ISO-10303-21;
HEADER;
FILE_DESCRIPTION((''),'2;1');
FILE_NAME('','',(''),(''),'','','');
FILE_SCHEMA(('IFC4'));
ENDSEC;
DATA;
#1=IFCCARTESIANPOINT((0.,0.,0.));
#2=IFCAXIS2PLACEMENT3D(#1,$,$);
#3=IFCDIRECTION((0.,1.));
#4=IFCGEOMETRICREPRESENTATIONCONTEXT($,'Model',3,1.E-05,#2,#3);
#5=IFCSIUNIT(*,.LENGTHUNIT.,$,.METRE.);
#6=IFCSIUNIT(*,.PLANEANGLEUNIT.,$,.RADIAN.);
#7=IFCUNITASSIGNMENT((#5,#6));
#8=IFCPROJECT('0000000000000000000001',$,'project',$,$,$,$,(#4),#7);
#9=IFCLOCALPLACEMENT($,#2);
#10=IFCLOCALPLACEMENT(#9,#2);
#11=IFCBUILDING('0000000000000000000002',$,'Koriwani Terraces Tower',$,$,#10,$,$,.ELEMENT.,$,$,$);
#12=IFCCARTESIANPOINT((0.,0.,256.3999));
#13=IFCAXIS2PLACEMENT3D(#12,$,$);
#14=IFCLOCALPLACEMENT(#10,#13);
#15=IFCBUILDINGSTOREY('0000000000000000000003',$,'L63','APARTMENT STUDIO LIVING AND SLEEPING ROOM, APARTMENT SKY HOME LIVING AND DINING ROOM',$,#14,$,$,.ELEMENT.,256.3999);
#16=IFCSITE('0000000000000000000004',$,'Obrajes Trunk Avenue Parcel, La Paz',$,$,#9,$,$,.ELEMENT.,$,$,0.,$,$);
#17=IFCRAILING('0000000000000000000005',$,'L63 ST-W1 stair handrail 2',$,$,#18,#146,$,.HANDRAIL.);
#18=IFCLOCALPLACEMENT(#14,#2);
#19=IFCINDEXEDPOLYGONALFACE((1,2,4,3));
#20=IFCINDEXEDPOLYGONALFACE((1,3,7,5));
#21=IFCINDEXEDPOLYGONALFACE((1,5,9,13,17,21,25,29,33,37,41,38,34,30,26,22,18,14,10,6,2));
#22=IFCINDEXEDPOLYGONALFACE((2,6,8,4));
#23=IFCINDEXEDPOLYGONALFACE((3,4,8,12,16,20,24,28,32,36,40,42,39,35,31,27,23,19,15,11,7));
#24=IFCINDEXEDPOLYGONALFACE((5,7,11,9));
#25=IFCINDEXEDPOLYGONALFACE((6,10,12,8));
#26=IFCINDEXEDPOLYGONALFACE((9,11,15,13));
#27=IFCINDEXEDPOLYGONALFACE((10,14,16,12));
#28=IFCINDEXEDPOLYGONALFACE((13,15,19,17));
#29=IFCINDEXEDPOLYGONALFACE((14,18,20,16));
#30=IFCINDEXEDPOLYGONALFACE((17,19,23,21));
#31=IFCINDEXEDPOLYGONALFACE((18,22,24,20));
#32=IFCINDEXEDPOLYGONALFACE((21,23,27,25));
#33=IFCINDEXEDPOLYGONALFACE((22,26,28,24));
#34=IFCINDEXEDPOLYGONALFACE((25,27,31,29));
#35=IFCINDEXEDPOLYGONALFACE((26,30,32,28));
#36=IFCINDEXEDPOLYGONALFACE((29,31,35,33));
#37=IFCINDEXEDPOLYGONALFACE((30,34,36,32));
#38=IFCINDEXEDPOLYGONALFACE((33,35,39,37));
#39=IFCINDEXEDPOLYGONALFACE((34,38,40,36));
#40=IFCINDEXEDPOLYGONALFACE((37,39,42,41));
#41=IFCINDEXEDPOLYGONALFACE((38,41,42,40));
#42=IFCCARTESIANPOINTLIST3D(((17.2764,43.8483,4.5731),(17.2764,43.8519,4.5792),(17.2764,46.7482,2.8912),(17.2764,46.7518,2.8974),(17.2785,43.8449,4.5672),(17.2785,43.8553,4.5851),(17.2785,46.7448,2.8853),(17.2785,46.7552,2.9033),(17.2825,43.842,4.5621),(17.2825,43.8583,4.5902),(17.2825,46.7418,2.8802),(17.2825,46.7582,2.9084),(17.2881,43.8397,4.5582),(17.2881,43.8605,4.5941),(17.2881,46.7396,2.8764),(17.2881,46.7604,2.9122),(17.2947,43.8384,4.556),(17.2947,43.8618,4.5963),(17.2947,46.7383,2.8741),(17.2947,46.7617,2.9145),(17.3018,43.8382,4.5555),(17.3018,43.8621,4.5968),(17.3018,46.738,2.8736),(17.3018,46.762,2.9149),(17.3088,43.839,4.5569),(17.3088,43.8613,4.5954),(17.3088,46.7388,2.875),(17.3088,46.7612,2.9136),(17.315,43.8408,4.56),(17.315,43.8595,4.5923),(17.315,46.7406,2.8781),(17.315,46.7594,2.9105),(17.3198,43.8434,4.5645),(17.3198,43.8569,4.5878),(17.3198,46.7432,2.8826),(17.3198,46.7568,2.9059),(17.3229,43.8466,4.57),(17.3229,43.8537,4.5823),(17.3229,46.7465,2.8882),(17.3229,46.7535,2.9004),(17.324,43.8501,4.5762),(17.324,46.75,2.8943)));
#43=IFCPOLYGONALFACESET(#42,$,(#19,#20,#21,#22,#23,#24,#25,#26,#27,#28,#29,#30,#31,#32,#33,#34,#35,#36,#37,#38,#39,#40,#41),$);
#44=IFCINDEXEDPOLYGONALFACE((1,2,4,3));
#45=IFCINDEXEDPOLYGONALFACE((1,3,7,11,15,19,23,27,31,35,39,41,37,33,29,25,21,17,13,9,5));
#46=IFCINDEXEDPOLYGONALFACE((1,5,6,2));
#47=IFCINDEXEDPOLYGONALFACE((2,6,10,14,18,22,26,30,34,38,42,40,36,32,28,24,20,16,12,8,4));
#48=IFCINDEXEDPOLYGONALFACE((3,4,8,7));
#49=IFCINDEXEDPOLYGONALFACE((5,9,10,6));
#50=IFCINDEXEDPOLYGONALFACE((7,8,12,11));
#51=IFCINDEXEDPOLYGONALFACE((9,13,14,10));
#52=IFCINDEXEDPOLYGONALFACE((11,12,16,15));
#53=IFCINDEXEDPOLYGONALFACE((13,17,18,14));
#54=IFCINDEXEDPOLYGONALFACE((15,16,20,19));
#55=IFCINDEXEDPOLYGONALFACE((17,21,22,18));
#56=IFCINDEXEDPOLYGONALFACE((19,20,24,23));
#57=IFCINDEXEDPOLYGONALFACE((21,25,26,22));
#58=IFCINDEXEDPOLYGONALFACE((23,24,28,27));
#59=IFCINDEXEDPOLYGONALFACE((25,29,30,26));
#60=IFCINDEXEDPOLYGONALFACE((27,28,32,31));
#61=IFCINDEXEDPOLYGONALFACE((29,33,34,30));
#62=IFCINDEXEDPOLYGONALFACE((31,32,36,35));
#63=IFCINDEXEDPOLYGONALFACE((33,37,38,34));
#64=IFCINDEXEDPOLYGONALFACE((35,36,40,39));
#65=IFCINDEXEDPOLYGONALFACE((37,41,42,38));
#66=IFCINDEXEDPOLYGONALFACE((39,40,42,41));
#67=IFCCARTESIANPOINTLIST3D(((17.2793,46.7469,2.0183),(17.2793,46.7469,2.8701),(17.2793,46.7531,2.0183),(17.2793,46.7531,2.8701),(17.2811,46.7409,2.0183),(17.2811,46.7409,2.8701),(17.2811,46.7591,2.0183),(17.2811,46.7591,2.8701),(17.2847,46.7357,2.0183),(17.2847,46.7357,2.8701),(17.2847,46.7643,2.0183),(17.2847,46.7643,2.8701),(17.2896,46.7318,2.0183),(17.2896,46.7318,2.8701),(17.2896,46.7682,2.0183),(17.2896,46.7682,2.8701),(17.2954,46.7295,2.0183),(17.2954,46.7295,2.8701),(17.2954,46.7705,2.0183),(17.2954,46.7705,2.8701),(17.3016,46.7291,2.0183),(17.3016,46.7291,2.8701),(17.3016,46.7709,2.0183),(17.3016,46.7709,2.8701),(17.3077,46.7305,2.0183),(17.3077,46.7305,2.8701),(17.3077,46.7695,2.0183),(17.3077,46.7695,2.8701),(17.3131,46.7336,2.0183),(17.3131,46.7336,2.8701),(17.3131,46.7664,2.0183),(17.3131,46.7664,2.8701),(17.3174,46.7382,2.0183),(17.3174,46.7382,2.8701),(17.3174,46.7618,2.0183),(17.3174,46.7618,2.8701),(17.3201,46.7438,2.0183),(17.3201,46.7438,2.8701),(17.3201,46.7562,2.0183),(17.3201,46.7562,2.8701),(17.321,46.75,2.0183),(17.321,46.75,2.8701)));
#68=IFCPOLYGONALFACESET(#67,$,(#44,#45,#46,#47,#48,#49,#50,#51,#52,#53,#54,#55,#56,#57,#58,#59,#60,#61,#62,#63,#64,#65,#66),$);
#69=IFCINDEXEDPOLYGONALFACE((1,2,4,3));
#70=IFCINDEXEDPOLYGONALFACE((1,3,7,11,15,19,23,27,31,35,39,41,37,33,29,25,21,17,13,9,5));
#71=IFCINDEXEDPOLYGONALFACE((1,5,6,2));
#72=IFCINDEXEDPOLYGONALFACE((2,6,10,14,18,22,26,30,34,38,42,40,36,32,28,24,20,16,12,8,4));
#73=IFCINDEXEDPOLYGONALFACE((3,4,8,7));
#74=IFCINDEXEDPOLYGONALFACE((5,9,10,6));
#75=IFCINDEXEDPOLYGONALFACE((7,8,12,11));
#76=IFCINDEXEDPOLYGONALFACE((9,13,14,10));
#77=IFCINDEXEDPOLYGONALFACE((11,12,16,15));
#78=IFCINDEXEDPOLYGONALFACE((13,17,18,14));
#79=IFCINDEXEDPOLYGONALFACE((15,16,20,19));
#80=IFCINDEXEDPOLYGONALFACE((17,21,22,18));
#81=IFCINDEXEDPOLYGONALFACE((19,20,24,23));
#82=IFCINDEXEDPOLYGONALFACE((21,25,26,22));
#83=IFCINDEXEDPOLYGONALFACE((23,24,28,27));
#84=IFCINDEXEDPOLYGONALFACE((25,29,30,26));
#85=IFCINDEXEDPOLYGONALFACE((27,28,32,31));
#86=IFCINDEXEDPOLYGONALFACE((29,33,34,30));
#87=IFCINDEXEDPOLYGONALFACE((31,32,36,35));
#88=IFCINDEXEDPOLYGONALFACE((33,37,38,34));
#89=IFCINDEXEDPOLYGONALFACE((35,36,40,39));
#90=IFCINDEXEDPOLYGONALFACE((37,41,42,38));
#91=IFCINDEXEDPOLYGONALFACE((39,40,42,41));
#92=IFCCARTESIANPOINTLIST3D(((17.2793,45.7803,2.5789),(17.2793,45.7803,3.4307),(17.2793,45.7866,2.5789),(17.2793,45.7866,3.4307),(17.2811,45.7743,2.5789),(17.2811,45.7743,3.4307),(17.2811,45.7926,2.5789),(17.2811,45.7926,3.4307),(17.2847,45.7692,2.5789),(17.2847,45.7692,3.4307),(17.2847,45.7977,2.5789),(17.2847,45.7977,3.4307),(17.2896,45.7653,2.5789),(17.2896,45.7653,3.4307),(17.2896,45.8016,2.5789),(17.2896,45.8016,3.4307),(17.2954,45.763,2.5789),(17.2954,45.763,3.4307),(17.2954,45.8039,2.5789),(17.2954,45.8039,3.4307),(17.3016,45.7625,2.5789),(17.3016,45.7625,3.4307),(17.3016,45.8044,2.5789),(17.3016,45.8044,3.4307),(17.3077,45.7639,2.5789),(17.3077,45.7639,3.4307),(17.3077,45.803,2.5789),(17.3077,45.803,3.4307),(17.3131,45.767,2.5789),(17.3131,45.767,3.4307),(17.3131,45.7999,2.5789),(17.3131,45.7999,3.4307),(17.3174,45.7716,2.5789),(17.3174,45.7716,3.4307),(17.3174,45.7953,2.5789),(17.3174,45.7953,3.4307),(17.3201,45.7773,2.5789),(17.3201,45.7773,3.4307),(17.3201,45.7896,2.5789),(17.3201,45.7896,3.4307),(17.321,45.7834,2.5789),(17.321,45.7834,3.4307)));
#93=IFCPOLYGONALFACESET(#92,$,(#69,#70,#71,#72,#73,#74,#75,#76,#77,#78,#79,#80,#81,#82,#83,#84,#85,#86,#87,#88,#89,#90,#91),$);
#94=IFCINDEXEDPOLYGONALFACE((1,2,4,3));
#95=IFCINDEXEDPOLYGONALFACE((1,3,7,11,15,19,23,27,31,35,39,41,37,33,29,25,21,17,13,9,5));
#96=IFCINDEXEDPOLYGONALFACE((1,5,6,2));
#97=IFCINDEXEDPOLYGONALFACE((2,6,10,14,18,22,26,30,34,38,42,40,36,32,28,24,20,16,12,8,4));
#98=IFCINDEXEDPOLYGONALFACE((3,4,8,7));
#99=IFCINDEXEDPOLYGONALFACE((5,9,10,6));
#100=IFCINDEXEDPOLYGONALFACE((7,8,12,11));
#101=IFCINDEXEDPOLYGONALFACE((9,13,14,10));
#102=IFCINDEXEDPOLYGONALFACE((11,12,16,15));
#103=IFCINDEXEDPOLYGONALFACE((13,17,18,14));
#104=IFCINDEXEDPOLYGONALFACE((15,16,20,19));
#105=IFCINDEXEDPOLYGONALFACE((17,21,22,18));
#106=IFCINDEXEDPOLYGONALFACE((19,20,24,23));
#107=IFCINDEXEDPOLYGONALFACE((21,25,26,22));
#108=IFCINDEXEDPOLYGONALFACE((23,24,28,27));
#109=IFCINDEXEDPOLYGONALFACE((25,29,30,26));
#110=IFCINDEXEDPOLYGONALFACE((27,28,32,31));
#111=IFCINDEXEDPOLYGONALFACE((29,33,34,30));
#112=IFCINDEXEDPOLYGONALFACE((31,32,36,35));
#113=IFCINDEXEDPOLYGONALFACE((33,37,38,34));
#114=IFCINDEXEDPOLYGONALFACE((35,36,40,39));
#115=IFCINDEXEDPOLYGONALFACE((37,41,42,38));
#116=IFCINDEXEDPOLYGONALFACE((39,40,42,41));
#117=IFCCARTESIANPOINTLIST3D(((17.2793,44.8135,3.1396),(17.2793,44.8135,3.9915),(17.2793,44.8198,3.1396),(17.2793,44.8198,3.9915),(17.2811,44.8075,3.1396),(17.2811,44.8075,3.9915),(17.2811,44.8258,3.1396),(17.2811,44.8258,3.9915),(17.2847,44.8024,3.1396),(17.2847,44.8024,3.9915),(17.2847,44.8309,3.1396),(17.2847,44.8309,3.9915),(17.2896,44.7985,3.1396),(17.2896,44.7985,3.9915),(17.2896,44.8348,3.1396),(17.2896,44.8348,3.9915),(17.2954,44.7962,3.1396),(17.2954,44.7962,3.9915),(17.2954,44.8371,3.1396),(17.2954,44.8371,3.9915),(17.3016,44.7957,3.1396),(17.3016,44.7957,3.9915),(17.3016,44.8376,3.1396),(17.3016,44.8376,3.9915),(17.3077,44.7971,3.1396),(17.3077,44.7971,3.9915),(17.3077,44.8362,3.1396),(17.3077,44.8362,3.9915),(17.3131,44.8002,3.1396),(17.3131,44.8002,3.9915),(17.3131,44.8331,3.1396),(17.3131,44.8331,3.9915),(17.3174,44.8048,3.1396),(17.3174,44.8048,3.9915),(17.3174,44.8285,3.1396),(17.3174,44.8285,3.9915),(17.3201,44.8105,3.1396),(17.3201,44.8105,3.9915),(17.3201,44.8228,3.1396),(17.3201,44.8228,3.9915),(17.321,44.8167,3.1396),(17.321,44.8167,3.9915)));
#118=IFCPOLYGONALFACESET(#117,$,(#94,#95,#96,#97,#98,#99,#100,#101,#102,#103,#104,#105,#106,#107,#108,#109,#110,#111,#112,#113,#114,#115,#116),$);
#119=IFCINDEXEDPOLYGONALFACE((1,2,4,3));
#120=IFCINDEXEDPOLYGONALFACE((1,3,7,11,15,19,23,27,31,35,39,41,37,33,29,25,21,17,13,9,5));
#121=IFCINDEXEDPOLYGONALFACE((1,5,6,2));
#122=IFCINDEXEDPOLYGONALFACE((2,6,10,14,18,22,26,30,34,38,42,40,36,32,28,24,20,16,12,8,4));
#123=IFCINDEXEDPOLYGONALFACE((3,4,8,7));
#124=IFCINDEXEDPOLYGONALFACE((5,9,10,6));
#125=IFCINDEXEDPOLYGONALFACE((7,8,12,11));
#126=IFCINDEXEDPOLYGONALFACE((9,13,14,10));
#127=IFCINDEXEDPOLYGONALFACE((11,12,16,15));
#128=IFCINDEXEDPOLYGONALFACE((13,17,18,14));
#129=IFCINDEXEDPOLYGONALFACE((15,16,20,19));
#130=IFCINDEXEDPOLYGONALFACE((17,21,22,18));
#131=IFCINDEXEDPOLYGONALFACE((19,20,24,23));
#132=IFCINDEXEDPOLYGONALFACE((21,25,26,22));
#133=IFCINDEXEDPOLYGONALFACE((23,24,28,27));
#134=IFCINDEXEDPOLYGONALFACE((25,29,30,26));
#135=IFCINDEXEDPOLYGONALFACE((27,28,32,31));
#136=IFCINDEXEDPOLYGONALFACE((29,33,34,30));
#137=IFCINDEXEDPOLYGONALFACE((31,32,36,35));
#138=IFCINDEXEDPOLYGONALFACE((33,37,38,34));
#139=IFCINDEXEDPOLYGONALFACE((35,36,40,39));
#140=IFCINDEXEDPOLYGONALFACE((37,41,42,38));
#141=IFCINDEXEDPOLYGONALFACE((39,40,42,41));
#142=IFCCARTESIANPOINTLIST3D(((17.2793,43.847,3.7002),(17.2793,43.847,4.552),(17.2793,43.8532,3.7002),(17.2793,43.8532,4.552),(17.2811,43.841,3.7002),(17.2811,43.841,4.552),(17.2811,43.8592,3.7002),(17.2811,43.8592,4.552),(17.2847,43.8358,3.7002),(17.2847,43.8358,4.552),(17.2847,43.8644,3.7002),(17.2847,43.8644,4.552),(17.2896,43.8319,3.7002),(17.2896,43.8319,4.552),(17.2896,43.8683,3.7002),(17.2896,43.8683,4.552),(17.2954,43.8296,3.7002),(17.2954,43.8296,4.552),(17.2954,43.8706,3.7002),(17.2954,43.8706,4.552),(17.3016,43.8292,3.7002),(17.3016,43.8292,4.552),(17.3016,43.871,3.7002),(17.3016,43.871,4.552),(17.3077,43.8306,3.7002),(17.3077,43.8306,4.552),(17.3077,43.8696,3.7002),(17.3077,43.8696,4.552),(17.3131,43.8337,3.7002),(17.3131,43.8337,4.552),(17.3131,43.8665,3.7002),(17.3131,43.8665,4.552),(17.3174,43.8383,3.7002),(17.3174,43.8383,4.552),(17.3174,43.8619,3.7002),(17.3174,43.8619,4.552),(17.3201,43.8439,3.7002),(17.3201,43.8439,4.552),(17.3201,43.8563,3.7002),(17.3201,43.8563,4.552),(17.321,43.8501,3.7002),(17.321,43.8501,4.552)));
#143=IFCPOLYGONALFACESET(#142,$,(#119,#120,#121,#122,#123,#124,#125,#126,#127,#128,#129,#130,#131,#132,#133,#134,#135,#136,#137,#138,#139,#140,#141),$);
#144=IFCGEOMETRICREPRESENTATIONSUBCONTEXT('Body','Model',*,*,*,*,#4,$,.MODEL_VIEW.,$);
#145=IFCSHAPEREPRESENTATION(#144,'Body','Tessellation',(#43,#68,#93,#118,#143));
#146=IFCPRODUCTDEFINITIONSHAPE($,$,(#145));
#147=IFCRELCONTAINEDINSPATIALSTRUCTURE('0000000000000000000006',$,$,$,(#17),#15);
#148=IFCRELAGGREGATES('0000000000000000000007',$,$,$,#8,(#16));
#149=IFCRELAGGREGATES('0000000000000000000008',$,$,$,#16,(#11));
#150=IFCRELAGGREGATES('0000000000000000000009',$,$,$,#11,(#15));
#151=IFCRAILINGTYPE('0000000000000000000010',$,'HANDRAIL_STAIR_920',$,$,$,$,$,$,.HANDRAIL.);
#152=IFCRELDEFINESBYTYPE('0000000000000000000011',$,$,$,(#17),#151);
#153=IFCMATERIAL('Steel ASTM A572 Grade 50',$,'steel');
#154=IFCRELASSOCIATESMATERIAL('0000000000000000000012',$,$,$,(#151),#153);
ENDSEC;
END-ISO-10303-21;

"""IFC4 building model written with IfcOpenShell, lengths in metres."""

from ifc_helpers import new_model, si_unit, direction, frame, origin, origin_2d, place, context, subcontext, project, spatial, circle, extrude, material, type_object, element, save


model = new_model("IFC4")

# Units and contexts
model_context = context("Model", 3, precision=1e-05, world=origin(), true_north=direction((0.0, 1.0)))
body_context = subcontext(model_context, "Body", "Model", "MODEL_VIEW")
ifc_project = project(units=[si_unit("LENGTHUNIT", "METRE"), si_unit("PLANEANGLEUNIT", "RADIAN")], contexts=[model_context])

# Site, building, storey
site_placement = place(None, origin())
site = spatial("IfcSite", under=ifc_project, at=site_placement, Name="Obrajes Trunk Avenue Parcel, La Paz", CompositionType="ELEMENT", RefElevation=0.0)
building_placement = place(site_placement, origin())
building = spatial("IfcBuilding", under=site, at=building_placement, Name="Koriwani Terraces Tower", CompositionType="ELEMENT")
storey_placement = place(building_placement, frame((0.0, 0.0, 256.3999)))
storey = spatial("IfcBuildingStorey", under=building, at=storey_placement, Name="L63", Description="APARTMENT STUDIO LIVING AND SLEEPING ROOM, APARTMENT SKY HOME LIVING AND DINING ROOM", CompositionType="ELEMENT", Elevation=256.3999)

# Shared definitions
ifc_material_1 = material(Name="Steel ASTM A572 Grade 50", Category="steel")

# Railing
railing_type_1 = type_object("IfcRailingType", Name="HANDRAIL_STAIR_920", PredefinedType="HANDRAIL", material=ifc_material_1)
railing_1_placement = place(storey_placement, frame((17.3, 46.75, 2.0183)))
element("IfcRailing", 1, at=railing_1_placement, inside=storey, type_object=railing_type_1, Name="L63 ST-W1 stair handrail 2", PredefinedType="HANDRAIL", context=body_context, shape_type="SweptSolid", body=[
    extrude(circle(Radius=0.0239, at=origin_2d()), frame((0.0, 0.0, 0.876), z_axis=(0.0, -0.865039, 0.501705), x_axis=(1.0, 0.0, 0.0)), (0.0, 0.0, 1.0), 3.3523),
    extrude(circle(Radius=0.021, at=origin_2d()), origin(), (0.0, 0.0, 1.0), 0.8518),
    extrude(circle(Radius=0.021, at=origin_2d()), frame((0.0, -0.9666, 0.5605)), (0.0, 0.0, 1.0), 0.8518),
    extrude(circle(Radius=0.021, at=origin_2d()), frame((0.0, -1.9333, 1.1213)), (0.0, 0.0, 1.0), 0.8518),
    extrude(circle(Radius=0.021, at=origin_2d()), frame((0.0, -2.8999, 1.6819)), (0.0, 0.0, 1.0), 0.8518),
])

save(model, "model.ifc")
